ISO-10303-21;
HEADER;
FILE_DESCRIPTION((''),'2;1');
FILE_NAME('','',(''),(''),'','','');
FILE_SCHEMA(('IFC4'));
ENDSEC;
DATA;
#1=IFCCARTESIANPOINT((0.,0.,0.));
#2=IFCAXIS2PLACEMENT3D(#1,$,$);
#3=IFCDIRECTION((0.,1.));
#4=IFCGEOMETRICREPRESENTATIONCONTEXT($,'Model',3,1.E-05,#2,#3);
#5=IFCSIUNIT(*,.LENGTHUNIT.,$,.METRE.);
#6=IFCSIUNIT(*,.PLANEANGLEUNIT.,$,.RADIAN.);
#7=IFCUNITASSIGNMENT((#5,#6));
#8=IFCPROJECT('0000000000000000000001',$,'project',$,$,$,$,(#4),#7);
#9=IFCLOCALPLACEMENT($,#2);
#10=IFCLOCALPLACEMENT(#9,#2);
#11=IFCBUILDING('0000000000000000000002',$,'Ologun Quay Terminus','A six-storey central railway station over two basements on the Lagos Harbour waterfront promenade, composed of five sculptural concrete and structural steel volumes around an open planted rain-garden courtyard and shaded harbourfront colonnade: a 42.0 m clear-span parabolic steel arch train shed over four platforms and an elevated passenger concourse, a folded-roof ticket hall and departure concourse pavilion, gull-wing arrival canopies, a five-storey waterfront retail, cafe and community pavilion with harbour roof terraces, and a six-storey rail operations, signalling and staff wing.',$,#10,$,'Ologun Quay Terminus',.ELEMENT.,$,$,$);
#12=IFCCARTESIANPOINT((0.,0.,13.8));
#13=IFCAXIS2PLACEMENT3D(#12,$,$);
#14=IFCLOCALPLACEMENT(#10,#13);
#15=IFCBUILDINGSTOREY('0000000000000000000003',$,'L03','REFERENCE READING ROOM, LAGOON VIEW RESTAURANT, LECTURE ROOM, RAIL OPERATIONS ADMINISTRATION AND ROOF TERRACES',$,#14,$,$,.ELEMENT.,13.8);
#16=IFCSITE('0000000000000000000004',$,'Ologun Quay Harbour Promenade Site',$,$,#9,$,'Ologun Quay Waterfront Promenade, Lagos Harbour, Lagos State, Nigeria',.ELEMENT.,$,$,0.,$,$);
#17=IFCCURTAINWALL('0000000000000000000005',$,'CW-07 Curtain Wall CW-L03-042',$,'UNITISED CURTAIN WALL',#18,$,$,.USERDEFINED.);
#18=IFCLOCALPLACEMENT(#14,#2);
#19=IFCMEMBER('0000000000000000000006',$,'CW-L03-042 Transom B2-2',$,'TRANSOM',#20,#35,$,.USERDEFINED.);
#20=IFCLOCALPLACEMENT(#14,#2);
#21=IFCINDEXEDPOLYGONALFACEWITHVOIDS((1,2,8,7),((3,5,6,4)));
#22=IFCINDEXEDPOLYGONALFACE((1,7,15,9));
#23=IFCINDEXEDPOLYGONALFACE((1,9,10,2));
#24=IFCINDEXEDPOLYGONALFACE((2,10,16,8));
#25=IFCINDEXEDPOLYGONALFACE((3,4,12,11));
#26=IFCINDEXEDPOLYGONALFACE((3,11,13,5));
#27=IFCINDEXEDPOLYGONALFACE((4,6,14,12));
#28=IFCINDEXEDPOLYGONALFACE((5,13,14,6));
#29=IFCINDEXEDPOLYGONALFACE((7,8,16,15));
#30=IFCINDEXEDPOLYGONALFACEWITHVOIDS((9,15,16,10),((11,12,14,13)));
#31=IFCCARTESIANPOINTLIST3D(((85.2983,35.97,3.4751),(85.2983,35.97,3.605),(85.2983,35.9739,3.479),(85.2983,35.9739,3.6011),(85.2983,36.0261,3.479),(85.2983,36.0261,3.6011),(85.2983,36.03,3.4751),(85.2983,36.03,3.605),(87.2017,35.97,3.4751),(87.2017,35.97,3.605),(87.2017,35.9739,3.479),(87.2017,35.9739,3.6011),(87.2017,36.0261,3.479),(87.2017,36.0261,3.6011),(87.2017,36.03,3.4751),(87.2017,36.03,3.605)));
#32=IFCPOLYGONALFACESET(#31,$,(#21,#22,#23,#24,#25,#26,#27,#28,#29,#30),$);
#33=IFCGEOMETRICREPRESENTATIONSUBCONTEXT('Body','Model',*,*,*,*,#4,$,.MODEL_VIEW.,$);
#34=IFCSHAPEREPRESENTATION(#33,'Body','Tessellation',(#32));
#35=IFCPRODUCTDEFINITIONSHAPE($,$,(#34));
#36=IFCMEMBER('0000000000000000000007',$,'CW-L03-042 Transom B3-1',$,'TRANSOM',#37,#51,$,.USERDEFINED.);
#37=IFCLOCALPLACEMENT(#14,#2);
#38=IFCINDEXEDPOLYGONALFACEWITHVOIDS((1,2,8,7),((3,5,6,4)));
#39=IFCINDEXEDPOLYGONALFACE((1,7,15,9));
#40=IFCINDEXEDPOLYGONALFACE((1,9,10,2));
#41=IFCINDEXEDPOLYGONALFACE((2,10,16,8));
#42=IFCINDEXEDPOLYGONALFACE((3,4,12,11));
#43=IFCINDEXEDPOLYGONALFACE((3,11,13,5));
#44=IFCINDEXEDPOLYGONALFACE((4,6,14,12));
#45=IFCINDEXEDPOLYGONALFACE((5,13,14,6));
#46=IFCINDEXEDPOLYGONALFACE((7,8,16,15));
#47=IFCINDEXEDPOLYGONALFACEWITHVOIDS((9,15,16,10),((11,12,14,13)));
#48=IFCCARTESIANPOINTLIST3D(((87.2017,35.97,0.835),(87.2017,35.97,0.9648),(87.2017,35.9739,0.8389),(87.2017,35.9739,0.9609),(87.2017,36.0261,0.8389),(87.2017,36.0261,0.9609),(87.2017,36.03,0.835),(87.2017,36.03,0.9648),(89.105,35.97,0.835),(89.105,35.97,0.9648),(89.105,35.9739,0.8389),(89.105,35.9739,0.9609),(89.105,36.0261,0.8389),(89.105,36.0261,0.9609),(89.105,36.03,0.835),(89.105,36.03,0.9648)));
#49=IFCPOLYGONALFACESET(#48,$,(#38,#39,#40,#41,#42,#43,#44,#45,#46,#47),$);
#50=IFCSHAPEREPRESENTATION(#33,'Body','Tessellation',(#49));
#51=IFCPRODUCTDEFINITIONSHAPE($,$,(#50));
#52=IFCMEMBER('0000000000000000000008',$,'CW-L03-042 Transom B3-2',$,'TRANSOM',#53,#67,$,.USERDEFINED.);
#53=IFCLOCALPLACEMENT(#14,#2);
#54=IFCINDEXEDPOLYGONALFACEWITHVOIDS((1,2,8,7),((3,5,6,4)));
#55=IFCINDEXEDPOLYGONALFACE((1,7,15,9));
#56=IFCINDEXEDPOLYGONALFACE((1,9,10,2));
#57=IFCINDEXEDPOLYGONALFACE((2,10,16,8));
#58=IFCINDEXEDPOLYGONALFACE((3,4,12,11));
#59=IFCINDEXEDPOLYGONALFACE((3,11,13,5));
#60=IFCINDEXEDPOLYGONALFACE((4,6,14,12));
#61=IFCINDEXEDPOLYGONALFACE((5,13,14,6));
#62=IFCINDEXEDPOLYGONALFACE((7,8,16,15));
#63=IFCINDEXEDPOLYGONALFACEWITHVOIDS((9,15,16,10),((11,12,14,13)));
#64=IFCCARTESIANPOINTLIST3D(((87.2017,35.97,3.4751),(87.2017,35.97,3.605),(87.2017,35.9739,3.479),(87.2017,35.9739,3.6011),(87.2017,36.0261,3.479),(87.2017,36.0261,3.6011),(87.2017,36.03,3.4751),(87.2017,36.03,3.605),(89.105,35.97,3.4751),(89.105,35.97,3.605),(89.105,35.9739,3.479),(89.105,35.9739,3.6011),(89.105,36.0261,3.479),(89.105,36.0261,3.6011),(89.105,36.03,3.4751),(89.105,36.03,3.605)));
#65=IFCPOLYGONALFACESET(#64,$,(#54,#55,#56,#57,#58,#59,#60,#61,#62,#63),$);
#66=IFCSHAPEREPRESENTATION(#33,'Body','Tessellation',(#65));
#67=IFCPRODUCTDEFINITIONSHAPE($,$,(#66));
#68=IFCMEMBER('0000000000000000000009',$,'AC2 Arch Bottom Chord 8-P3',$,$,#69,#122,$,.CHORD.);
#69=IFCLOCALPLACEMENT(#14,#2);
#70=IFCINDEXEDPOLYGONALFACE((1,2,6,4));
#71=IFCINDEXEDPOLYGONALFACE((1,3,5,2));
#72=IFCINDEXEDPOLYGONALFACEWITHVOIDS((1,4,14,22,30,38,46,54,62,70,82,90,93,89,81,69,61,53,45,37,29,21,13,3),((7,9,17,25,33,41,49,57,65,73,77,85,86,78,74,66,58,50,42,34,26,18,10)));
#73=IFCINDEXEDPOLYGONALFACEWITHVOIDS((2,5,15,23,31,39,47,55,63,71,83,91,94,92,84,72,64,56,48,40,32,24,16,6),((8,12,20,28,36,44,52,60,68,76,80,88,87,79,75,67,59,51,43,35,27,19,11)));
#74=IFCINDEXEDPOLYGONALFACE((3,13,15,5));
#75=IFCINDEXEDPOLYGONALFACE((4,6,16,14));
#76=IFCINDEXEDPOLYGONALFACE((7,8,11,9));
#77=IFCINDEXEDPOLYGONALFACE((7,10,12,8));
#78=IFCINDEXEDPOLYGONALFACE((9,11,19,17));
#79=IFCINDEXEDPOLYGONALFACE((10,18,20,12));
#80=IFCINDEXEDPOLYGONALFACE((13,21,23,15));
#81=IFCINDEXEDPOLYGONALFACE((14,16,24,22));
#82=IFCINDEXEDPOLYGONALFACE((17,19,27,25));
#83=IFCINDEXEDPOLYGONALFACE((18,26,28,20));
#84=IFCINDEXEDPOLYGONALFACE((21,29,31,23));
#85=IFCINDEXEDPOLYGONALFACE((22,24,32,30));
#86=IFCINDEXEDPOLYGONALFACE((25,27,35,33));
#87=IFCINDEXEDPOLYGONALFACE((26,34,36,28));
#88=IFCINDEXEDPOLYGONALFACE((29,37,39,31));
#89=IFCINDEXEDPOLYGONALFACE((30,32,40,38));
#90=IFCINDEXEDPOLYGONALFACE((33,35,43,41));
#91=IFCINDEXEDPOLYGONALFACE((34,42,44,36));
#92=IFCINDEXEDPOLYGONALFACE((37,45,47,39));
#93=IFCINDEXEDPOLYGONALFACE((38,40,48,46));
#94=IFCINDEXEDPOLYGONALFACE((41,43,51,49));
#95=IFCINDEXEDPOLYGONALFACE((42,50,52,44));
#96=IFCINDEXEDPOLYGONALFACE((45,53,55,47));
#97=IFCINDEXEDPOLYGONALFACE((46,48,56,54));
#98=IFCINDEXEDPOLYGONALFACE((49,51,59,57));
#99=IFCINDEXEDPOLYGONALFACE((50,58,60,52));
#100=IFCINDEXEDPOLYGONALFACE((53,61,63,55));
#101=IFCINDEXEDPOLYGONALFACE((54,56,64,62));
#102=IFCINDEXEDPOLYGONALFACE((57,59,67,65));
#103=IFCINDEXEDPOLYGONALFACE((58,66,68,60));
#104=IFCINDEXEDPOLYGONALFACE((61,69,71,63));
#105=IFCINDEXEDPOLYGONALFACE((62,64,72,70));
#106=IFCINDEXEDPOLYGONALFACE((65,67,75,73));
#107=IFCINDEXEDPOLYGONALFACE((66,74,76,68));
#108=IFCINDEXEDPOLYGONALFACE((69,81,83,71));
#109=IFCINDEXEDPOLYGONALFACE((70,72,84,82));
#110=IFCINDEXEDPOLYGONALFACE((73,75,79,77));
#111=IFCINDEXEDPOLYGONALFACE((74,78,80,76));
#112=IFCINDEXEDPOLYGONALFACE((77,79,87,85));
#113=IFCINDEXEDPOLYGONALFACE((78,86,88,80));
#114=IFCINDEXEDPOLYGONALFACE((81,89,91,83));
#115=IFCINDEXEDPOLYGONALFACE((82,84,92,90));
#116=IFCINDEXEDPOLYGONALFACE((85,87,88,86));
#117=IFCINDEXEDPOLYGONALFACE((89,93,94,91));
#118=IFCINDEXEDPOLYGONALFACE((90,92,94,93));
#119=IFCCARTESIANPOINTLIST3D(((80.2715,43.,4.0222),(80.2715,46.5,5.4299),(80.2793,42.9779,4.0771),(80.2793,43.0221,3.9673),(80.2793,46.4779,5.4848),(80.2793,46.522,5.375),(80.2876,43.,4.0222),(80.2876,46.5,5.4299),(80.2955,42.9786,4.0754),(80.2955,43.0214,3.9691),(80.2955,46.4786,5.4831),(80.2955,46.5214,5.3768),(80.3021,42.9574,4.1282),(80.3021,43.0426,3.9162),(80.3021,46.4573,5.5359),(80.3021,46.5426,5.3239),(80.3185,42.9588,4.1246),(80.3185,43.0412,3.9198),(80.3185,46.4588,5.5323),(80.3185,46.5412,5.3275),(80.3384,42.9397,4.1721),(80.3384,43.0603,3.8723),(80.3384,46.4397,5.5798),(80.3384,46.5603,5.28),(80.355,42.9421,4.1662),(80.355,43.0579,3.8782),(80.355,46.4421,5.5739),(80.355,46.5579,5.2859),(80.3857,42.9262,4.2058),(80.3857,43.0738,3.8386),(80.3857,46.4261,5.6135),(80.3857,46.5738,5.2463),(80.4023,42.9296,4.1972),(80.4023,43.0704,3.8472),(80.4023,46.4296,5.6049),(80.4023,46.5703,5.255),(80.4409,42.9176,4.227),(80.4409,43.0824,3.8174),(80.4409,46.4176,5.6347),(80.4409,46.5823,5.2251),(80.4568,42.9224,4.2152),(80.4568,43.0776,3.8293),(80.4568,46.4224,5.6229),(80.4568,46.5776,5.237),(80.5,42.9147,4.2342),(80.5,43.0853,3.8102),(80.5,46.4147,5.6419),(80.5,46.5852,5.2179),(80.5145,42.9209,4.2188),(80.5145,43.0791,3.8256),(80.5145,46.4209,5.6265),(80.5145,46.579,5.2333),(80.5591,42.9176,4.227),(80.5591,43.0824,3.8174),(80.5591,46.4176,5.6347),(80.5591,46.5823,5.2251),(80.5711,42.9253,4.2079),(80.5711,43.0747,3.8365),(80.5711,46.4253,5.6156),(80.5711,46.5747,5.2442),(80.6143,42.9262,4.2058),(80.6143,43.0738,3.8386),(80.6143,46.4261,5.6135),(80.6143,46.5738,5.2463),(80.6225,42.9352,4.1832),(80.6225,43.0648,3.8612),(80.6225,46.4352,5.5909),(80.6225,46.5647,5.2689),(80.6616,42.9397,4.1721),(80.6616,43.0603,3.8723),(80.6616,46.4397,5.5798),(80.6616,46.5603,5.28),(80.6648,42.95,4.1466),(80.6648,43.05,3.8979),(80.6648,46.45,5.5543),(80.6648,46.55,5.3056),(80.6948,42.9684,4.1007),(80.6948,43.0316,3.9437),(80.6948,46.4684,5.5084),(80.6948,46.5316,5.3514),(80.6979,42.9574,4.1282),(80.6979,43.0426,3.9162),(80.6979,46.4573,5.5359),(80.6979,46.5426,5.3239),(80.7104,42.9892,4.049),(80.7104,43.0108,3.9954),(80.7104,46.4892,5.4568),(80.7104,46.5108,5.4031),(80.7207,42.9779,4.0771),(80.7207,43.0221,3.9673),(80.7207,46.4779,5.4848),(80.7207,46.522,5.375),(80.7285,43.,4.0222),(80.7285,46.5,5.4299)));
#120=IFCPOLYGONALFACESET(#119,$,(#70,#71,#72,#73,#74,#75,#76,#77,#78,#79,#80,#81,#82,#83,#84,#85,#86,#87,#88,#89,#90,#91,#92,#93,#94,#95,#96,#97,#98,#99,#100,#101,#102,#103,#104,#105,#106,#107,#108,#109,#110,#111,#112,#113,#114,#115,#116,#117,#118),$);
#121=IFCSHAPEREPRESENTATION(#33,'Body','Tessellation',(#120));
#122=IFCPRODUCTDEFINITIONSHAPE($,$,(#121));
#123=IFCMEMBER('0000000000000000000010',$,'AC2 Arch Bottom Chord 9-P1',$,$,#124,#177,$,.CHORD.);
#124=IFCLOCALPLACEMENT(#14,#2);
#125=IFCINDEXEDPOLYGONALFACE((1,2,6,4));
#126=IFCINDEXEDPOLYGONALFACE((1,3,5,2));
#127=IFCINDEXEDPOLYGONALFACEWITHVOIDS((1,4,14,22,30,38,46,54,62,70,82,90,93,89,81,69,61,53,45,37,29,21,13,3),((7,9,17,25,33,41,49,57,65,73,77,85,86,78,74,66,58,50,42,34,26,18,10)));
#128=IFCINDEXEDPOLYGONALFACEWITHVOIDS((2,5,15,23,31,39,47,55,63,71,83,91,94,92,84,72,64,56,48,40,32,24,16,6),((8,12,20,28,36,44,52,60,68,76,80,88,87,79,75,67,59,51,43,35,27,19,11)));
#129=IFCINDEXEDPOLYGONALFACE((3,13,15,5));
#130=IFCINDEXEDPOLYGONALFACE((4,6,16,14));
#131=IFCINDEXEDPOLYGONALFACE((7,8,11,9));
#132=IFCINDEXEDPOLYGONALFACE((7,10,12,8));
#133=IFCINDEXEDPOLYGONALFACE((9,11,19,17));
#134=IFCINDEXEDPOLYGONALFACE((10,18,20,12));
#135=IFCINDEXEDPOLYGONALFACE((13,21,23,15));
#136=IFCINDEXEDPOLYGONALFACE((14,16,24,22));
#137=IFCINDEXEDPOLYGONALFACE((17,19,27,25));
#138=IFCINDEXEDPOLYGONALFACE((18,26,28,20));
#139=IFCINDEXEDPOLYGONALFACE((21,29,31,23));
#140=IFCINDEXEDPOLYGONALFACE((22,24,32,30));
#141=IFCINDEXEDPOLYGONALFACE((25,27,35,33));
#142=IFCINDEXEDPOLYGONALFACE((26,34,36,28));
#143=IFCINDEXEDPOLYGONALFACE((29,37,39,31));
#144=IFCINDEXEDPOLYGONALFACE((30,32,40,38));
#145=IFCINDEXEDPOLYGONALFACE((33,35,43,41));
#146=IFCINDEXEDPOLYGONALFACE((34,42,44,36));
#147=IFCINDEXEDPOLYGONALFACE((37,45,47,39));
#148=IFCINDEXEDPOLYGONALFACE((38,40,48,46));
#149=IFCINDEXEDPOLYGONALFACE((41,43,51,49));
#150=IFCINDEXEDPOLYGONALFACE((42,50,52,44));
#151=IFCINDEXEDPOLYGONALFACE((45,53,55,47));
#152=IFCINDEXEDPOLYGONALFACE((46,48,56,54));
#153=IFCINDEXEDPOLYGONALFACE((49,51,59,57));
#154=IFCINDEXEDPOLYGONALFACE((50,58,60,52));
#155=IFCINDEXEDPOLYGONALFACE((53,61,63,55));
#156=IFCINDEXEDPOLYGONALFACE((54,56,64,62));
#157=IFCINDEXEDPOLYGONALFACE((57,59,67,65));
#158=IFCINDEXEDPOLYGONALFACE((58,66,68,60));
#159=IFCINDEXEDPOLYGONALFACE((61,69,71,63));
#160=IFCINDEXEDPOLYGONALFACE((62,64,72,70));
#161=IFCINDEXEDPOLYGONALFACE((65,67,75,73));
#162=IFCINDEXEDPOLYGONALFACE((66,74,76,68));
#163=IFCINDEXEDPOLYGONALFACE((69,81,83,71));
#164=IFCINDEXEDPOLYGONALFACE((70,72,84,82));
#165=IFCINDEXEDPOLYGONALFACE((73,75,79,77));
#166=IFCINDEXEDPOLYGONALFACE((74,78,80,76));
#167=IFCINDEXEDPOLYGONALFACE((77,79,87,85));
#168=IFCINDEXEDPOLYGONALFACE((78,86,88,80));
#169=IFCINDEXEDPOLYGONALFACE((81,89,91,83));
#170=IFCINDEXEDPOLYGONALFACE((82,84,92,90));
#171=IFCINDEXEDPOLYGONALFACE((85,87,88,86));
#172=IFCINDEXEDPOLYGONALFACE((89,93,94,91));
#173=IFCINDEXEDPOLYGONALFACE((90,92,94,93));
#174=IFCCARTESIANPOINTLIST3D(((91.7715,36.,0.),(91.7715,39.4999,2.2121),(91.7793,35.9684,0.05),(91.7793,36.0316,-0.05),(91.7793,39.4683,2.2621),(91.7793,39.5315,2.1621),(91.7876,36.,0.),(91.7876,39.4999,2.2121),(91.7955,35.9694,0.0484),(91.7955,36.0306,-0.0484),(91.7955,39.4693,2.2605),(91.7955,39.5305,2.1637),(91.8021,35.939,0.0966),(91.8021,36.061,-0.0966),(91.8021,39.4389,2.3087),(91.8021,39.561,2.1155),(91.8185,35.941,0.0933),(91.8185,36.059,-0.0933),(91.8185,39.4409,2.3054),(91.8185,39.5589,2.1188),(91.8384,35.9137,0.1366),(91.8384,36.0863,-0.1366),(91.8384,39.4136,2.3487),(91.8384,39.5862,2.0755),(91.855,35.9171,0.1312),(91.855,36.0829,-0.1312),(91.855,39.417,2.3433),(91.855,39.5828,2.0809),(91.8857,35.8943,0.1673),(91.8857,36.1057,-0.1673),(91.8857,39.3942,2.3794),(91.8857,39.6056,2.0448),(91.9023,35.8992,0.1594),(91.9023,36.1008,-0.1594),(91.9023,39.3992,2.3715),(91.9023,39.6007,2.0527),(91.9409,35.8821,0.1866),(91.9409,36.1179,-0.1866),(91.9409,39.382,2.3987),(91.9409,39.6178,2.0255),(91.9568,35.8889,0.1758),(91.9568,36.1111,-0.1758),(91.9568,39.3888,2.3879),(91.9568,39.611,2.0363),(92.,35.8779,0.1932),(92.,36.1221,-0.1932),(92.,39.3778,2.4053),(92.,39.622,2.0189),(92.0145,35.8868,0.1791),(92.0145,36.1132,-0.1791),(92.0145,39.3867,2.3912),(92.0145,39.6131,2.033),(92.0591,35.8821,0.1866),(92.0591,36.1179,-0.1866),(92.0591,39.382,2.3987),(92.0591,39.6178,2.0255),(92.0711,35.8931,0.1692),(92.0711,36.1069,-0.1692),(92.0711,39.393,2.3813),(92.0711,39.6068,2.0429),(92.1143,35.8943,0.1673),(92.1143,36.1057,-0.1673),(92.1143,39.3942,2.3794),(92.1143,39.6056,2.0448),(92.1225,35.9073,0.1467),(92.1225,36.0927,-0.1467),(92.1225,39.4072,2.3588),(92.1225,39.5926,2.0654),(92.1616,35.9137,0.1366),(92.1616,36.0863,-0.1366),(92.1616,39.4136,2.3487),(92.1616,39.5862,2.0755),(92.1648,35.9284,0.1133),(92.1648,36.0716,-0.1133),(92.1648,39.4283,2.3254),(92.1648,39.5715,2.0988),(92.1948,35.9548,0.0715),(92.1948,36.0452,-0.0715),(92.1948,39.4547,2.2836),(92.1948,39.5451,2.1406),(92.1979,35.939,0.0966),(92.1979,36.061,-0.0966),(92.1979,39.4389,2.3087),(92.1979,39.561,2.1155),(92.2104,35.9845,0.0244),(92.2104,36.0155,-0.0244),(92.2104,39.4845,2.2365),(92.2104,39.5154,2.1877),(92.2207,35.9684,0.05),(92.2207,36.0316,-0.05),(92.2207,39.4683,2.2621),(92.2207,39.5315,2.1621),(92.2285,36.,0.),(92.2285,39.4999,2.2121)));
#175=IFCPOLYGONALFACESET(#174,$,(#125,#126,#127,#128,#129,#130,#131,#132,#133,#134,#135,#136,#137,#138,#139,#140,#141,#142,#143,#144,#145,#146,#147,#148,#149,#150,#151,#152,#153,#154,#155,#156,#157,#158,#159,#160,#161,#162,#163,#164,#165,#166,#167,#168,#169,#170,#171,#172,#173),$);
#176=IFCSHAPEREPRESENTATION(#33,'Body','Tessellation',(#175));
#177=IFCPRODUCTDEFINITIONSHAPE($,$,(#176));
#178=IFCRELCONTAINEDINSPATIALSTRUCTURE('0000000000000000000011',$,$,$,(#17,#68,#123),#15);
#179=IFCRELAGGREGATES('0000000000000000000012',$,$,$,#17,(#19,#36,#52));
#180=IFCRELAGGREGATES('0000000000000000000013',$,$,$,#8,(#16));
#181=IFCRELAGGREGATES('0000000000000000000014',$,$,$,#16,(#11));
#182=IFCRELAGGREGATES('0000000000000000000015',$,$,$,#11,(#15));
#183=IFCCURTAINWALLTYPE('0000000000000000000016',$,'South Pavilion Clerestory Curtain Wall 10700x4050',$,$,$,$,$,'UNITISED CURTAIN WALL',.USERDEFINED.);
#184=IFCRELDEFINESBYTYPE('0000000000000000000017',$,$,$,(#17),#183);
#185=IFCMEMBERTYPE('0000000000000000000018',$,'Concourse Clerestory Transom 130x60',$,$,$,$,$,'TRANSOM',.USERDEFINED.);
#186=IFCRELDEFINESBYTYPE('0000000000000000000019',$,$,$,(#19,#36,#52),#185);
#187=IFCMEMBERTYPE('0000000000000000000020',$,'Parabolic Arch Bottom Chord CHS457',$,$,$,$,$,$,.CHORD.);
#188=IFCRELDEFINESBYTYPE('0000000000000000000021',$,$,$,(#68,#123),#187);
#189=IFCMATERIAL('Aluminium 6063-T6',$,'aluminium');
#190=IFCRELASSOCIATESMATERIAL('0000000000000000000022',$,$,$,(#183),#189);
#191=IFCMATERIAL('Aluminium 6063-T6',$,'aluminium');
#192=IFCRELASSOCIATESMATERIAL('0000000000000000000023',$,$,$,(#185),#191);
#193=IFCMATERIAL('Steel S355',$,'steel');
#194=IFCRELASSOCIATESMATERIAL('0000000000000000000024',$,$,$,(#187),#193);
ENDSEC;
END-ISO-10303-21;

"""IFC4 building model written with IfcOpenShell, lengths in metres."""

from ifc_helpers import new_model, si_unit, direction, frame, origin, origin_2d, place, context, subcontext, project, spatial, hollow_rectangle, hollow_circle, extrude, material, material_profile, profile_set, type_object, element, aggregate, save


model = new_model("IFC4")

# Units and contexts
model_context = context("Model", 3, precision=1e-05, world=origin(), true_north=direction((0.0, 1.0)))
body_context = subcontext(model_context, "Body", "Model", "MODEL_VIEW")
ifc_project = project(units=[si_unit("LENGTHUNIT", "METRE"), si_unit("PLANEANGLEUNIT", "RADIAN")], contexts=[model_context])

# Site, building, storey
site_placement = place(None, origin())
site = spatial("IfcSite", under=ifc_project, at=site_placement, Name="Ologun Quay Harbour Promenade Site", LongName="Ologun Quay Waterfront Promenade, Lagos Harbour, Lagos State, Nigeria", CompositionType="ELEMENT", RefElevation=0.0)
building_placement = place(site_placement, origin())
building = spatial("IfcBuilding", under=site, at=building_placement, Name="Ologun Quay Terminus", Description="A six-storey central railway station over two basements on the Lagos Harbour waterfront promenade, composed of five sculptural concrete and structural steel volumes around an open planted rain-garden courtyard and shaded harbourfront colonnade: a 42.0 m clear-span parabolic steel arch train shed over four platforms and an elevated passenger concourse, a folded-roof ticket hall and departure concourse pavilion, gull-wing arrival canopies, a five-storey waterfront retail, cafe and community pavilion with harbour roof terraces, and a six-storey rail operations, signalling and staff wing.", LongName="Ologun Quay Terminus", CompositionType="ELEMENT")
storey_placement = place(building_placement, frame((0.0, 0.0, 13.8)))
storey = spatial("IfcBuildingStorey", under=building, at=storey_placement, Name="L03", Description="REFERENCE READING ROOM, LAGOON VIEW RESTAURANT, LECTURE ROOM, RAIL OPERATIONS ADMINISTRATION AND ROOF TERRACES", CompositionType="ELEMENT", Elevation=13.8)

# Curtain wall, members
ifc_material_1 = material(Name="Aluminium 6063-T6", Category="aluminium")
curtain_wall_type = type_object("IfcCurtainWallType", Name="South Pavilion Clerestory Curtain Wall 10700x4050", ElementType="UNITISED CURTAIN WALL", PredefinedType="USERDEFINED", material=ifc_material_1)
curtain_wall_placement = place(storey_placement, origin())
curtain_wall = element("IfcCurtainWall", 1, at=curtain_wall_placement, inside=storey, type_object=curtain_wall_type, Name="CW-07 Curtain Wall CW-L03-042", ObjectType="UNITISED CURTAIN WALL", PredefinedType="USERDEFINED")
ifc_material_2 = material(Name="Aluminium 6063-T6", Category="aluminium")
ifc_material_profile_1 = material_profile(ifc_material_2, hollow_rectangle(XDim=0.0601, YDim=0.1299, WallThickness=0.0039, at=origin_2d()), Name="ALU 130x60x4")
ifc_profile_set_1 = profile_set([ifc_material_profile_1], Name="Aluminium 6063-T6")
member_type_1 = type_object("IfcMemberType", Name="Concourse Clerestory Transom 130x60", ElementType="TRANSOM", PredefinedType="USERDEFINED", material=ifc_profile_set_1)
member_1_placement = place(storey_placement, frame((85.2983, 36.0, 3.54), z_axis=(1.0, 0.0, 0.0), x_axis=(0.0, 1.0, 0.0)))
member_1 = element("IfcMember", 2, at=member_1_placement, type_object=member_type_1, Name="CW-L03-042 Transom B2-2", ObjectType="TRANSOM", PredefinedType="USERDEFINED", context=body_context, shape_type="SweptSolid", body=[
    extrude(hollow_rectangle(XDim=0.0601, YDim=0.1299, WallThickness=0.0039, at=origin_2d()), origin(), (0.0, 0.0, 1.0), 1.9033),
])
member_2_placement = place(storey_placement, frame((87.2017, 36.0, 0.8999), z_axis=(1.0, 0.0, 0.0), x_axis=(0.0, 1.0, 0.0)))
member_2 = element("IfcMember", 3, at=member_2_placement, type_object=member_type_1, Name="CW-L03-042 Transom B3-1", ObjectType="TRANSOM", PredefinedType="USERDEFINED", context=body_context, shape_type="SweptSolid", body=[
    extrude(hollow_rectangle(XDim=0.0601, YDim=0.1299, WallThickness=0.0039, at=origin_2d()), origin(), (0.0, 0.0, 1.0), 1.9033),
])
member_3_placement = place(storey_placement, frame((87.2017, 36.0, 3.54), z_axis=(1.0, 0.0, 0.0), x_axis=(0.0, 1.0, 0.0)))
member_3 = element("IfcMember", 4, at=member_3_placement, type_object=member_type_1, Name="CW-L03-042 Transom B3-2", ObjectType="TRANSOM", PredefinedType="USERDEFINED", context=body_context, shape_type="SweptSolid", body=[
    extrude(hollow_rectangle(XDim=0.0601, YDim=0.1299, WallThickness=0.0039, at=origin_2d()), origin(), (0.0, 0.0, 1.0), 1.9033),
])

# Members
ifc_material_3 = material(Name="Steel S355", Category="steel")
ifc_material_profile_2 = material_profile(ifc_material_3, hollow_circle(Radius=0.2285, WallThickness=0.0161, at=origin_2d()), Name="CHS 457x16")
ifc_profile_set_2 = profile_set([ifc_material_profile_2], Name="Steel S355")
member_type_2 = type_object("IfcMemberType", Name="Parabolic Arch Bottom Chord CHS457", PredefinedType="CHORD", material=ifc_profile_set_2)
member_4_placement = place(storey_placement, frame((80.5, 43.0, 4.0222), z_axis=(0.0, 0.92777, 0.373153), x_axis=(-1.0, 0.0, 0.0)))
element("IfcMember", 5, at=member_4_placement, inside=storey, type_object=member_type_2, Name="AC2 Arch Bottom Chord 8-P3", PredefinedType="CHORD", context=body_context, shape_type="SweptSolid", body=[
    extrude(hollow_circle(Radius=0.2285, WallThickness=0.0161, at=origin_2d()), origin(), (0.0, 0.0, 1.0), 3.7725),
])
member_5_placement = place(storey_placement, frame((92.0, 36.0, 0.0), z_axis=(0.0, 0.845311, 0.534275), x_axis=(-1.0, 0.0, 0.0)))
element("IfcMember", 6, at=member_5_placement, inside=storey, type_object=member_type_2, Name="AC2 Arch Bottom Chord 9-P1", PredefinedType="CHORD", context=body_context, shape_type="SweptSolid", body=[
    extrude(hollow_circle(Radius=0.2285, WallThickness=0.0161, at=origin_2d()), origin(), (0.0, 0.0, 1.0), 4.1404),
])

aggregate(curtain_wall, [member_1, member_2, member_3])

save(model, "model.ifc")
